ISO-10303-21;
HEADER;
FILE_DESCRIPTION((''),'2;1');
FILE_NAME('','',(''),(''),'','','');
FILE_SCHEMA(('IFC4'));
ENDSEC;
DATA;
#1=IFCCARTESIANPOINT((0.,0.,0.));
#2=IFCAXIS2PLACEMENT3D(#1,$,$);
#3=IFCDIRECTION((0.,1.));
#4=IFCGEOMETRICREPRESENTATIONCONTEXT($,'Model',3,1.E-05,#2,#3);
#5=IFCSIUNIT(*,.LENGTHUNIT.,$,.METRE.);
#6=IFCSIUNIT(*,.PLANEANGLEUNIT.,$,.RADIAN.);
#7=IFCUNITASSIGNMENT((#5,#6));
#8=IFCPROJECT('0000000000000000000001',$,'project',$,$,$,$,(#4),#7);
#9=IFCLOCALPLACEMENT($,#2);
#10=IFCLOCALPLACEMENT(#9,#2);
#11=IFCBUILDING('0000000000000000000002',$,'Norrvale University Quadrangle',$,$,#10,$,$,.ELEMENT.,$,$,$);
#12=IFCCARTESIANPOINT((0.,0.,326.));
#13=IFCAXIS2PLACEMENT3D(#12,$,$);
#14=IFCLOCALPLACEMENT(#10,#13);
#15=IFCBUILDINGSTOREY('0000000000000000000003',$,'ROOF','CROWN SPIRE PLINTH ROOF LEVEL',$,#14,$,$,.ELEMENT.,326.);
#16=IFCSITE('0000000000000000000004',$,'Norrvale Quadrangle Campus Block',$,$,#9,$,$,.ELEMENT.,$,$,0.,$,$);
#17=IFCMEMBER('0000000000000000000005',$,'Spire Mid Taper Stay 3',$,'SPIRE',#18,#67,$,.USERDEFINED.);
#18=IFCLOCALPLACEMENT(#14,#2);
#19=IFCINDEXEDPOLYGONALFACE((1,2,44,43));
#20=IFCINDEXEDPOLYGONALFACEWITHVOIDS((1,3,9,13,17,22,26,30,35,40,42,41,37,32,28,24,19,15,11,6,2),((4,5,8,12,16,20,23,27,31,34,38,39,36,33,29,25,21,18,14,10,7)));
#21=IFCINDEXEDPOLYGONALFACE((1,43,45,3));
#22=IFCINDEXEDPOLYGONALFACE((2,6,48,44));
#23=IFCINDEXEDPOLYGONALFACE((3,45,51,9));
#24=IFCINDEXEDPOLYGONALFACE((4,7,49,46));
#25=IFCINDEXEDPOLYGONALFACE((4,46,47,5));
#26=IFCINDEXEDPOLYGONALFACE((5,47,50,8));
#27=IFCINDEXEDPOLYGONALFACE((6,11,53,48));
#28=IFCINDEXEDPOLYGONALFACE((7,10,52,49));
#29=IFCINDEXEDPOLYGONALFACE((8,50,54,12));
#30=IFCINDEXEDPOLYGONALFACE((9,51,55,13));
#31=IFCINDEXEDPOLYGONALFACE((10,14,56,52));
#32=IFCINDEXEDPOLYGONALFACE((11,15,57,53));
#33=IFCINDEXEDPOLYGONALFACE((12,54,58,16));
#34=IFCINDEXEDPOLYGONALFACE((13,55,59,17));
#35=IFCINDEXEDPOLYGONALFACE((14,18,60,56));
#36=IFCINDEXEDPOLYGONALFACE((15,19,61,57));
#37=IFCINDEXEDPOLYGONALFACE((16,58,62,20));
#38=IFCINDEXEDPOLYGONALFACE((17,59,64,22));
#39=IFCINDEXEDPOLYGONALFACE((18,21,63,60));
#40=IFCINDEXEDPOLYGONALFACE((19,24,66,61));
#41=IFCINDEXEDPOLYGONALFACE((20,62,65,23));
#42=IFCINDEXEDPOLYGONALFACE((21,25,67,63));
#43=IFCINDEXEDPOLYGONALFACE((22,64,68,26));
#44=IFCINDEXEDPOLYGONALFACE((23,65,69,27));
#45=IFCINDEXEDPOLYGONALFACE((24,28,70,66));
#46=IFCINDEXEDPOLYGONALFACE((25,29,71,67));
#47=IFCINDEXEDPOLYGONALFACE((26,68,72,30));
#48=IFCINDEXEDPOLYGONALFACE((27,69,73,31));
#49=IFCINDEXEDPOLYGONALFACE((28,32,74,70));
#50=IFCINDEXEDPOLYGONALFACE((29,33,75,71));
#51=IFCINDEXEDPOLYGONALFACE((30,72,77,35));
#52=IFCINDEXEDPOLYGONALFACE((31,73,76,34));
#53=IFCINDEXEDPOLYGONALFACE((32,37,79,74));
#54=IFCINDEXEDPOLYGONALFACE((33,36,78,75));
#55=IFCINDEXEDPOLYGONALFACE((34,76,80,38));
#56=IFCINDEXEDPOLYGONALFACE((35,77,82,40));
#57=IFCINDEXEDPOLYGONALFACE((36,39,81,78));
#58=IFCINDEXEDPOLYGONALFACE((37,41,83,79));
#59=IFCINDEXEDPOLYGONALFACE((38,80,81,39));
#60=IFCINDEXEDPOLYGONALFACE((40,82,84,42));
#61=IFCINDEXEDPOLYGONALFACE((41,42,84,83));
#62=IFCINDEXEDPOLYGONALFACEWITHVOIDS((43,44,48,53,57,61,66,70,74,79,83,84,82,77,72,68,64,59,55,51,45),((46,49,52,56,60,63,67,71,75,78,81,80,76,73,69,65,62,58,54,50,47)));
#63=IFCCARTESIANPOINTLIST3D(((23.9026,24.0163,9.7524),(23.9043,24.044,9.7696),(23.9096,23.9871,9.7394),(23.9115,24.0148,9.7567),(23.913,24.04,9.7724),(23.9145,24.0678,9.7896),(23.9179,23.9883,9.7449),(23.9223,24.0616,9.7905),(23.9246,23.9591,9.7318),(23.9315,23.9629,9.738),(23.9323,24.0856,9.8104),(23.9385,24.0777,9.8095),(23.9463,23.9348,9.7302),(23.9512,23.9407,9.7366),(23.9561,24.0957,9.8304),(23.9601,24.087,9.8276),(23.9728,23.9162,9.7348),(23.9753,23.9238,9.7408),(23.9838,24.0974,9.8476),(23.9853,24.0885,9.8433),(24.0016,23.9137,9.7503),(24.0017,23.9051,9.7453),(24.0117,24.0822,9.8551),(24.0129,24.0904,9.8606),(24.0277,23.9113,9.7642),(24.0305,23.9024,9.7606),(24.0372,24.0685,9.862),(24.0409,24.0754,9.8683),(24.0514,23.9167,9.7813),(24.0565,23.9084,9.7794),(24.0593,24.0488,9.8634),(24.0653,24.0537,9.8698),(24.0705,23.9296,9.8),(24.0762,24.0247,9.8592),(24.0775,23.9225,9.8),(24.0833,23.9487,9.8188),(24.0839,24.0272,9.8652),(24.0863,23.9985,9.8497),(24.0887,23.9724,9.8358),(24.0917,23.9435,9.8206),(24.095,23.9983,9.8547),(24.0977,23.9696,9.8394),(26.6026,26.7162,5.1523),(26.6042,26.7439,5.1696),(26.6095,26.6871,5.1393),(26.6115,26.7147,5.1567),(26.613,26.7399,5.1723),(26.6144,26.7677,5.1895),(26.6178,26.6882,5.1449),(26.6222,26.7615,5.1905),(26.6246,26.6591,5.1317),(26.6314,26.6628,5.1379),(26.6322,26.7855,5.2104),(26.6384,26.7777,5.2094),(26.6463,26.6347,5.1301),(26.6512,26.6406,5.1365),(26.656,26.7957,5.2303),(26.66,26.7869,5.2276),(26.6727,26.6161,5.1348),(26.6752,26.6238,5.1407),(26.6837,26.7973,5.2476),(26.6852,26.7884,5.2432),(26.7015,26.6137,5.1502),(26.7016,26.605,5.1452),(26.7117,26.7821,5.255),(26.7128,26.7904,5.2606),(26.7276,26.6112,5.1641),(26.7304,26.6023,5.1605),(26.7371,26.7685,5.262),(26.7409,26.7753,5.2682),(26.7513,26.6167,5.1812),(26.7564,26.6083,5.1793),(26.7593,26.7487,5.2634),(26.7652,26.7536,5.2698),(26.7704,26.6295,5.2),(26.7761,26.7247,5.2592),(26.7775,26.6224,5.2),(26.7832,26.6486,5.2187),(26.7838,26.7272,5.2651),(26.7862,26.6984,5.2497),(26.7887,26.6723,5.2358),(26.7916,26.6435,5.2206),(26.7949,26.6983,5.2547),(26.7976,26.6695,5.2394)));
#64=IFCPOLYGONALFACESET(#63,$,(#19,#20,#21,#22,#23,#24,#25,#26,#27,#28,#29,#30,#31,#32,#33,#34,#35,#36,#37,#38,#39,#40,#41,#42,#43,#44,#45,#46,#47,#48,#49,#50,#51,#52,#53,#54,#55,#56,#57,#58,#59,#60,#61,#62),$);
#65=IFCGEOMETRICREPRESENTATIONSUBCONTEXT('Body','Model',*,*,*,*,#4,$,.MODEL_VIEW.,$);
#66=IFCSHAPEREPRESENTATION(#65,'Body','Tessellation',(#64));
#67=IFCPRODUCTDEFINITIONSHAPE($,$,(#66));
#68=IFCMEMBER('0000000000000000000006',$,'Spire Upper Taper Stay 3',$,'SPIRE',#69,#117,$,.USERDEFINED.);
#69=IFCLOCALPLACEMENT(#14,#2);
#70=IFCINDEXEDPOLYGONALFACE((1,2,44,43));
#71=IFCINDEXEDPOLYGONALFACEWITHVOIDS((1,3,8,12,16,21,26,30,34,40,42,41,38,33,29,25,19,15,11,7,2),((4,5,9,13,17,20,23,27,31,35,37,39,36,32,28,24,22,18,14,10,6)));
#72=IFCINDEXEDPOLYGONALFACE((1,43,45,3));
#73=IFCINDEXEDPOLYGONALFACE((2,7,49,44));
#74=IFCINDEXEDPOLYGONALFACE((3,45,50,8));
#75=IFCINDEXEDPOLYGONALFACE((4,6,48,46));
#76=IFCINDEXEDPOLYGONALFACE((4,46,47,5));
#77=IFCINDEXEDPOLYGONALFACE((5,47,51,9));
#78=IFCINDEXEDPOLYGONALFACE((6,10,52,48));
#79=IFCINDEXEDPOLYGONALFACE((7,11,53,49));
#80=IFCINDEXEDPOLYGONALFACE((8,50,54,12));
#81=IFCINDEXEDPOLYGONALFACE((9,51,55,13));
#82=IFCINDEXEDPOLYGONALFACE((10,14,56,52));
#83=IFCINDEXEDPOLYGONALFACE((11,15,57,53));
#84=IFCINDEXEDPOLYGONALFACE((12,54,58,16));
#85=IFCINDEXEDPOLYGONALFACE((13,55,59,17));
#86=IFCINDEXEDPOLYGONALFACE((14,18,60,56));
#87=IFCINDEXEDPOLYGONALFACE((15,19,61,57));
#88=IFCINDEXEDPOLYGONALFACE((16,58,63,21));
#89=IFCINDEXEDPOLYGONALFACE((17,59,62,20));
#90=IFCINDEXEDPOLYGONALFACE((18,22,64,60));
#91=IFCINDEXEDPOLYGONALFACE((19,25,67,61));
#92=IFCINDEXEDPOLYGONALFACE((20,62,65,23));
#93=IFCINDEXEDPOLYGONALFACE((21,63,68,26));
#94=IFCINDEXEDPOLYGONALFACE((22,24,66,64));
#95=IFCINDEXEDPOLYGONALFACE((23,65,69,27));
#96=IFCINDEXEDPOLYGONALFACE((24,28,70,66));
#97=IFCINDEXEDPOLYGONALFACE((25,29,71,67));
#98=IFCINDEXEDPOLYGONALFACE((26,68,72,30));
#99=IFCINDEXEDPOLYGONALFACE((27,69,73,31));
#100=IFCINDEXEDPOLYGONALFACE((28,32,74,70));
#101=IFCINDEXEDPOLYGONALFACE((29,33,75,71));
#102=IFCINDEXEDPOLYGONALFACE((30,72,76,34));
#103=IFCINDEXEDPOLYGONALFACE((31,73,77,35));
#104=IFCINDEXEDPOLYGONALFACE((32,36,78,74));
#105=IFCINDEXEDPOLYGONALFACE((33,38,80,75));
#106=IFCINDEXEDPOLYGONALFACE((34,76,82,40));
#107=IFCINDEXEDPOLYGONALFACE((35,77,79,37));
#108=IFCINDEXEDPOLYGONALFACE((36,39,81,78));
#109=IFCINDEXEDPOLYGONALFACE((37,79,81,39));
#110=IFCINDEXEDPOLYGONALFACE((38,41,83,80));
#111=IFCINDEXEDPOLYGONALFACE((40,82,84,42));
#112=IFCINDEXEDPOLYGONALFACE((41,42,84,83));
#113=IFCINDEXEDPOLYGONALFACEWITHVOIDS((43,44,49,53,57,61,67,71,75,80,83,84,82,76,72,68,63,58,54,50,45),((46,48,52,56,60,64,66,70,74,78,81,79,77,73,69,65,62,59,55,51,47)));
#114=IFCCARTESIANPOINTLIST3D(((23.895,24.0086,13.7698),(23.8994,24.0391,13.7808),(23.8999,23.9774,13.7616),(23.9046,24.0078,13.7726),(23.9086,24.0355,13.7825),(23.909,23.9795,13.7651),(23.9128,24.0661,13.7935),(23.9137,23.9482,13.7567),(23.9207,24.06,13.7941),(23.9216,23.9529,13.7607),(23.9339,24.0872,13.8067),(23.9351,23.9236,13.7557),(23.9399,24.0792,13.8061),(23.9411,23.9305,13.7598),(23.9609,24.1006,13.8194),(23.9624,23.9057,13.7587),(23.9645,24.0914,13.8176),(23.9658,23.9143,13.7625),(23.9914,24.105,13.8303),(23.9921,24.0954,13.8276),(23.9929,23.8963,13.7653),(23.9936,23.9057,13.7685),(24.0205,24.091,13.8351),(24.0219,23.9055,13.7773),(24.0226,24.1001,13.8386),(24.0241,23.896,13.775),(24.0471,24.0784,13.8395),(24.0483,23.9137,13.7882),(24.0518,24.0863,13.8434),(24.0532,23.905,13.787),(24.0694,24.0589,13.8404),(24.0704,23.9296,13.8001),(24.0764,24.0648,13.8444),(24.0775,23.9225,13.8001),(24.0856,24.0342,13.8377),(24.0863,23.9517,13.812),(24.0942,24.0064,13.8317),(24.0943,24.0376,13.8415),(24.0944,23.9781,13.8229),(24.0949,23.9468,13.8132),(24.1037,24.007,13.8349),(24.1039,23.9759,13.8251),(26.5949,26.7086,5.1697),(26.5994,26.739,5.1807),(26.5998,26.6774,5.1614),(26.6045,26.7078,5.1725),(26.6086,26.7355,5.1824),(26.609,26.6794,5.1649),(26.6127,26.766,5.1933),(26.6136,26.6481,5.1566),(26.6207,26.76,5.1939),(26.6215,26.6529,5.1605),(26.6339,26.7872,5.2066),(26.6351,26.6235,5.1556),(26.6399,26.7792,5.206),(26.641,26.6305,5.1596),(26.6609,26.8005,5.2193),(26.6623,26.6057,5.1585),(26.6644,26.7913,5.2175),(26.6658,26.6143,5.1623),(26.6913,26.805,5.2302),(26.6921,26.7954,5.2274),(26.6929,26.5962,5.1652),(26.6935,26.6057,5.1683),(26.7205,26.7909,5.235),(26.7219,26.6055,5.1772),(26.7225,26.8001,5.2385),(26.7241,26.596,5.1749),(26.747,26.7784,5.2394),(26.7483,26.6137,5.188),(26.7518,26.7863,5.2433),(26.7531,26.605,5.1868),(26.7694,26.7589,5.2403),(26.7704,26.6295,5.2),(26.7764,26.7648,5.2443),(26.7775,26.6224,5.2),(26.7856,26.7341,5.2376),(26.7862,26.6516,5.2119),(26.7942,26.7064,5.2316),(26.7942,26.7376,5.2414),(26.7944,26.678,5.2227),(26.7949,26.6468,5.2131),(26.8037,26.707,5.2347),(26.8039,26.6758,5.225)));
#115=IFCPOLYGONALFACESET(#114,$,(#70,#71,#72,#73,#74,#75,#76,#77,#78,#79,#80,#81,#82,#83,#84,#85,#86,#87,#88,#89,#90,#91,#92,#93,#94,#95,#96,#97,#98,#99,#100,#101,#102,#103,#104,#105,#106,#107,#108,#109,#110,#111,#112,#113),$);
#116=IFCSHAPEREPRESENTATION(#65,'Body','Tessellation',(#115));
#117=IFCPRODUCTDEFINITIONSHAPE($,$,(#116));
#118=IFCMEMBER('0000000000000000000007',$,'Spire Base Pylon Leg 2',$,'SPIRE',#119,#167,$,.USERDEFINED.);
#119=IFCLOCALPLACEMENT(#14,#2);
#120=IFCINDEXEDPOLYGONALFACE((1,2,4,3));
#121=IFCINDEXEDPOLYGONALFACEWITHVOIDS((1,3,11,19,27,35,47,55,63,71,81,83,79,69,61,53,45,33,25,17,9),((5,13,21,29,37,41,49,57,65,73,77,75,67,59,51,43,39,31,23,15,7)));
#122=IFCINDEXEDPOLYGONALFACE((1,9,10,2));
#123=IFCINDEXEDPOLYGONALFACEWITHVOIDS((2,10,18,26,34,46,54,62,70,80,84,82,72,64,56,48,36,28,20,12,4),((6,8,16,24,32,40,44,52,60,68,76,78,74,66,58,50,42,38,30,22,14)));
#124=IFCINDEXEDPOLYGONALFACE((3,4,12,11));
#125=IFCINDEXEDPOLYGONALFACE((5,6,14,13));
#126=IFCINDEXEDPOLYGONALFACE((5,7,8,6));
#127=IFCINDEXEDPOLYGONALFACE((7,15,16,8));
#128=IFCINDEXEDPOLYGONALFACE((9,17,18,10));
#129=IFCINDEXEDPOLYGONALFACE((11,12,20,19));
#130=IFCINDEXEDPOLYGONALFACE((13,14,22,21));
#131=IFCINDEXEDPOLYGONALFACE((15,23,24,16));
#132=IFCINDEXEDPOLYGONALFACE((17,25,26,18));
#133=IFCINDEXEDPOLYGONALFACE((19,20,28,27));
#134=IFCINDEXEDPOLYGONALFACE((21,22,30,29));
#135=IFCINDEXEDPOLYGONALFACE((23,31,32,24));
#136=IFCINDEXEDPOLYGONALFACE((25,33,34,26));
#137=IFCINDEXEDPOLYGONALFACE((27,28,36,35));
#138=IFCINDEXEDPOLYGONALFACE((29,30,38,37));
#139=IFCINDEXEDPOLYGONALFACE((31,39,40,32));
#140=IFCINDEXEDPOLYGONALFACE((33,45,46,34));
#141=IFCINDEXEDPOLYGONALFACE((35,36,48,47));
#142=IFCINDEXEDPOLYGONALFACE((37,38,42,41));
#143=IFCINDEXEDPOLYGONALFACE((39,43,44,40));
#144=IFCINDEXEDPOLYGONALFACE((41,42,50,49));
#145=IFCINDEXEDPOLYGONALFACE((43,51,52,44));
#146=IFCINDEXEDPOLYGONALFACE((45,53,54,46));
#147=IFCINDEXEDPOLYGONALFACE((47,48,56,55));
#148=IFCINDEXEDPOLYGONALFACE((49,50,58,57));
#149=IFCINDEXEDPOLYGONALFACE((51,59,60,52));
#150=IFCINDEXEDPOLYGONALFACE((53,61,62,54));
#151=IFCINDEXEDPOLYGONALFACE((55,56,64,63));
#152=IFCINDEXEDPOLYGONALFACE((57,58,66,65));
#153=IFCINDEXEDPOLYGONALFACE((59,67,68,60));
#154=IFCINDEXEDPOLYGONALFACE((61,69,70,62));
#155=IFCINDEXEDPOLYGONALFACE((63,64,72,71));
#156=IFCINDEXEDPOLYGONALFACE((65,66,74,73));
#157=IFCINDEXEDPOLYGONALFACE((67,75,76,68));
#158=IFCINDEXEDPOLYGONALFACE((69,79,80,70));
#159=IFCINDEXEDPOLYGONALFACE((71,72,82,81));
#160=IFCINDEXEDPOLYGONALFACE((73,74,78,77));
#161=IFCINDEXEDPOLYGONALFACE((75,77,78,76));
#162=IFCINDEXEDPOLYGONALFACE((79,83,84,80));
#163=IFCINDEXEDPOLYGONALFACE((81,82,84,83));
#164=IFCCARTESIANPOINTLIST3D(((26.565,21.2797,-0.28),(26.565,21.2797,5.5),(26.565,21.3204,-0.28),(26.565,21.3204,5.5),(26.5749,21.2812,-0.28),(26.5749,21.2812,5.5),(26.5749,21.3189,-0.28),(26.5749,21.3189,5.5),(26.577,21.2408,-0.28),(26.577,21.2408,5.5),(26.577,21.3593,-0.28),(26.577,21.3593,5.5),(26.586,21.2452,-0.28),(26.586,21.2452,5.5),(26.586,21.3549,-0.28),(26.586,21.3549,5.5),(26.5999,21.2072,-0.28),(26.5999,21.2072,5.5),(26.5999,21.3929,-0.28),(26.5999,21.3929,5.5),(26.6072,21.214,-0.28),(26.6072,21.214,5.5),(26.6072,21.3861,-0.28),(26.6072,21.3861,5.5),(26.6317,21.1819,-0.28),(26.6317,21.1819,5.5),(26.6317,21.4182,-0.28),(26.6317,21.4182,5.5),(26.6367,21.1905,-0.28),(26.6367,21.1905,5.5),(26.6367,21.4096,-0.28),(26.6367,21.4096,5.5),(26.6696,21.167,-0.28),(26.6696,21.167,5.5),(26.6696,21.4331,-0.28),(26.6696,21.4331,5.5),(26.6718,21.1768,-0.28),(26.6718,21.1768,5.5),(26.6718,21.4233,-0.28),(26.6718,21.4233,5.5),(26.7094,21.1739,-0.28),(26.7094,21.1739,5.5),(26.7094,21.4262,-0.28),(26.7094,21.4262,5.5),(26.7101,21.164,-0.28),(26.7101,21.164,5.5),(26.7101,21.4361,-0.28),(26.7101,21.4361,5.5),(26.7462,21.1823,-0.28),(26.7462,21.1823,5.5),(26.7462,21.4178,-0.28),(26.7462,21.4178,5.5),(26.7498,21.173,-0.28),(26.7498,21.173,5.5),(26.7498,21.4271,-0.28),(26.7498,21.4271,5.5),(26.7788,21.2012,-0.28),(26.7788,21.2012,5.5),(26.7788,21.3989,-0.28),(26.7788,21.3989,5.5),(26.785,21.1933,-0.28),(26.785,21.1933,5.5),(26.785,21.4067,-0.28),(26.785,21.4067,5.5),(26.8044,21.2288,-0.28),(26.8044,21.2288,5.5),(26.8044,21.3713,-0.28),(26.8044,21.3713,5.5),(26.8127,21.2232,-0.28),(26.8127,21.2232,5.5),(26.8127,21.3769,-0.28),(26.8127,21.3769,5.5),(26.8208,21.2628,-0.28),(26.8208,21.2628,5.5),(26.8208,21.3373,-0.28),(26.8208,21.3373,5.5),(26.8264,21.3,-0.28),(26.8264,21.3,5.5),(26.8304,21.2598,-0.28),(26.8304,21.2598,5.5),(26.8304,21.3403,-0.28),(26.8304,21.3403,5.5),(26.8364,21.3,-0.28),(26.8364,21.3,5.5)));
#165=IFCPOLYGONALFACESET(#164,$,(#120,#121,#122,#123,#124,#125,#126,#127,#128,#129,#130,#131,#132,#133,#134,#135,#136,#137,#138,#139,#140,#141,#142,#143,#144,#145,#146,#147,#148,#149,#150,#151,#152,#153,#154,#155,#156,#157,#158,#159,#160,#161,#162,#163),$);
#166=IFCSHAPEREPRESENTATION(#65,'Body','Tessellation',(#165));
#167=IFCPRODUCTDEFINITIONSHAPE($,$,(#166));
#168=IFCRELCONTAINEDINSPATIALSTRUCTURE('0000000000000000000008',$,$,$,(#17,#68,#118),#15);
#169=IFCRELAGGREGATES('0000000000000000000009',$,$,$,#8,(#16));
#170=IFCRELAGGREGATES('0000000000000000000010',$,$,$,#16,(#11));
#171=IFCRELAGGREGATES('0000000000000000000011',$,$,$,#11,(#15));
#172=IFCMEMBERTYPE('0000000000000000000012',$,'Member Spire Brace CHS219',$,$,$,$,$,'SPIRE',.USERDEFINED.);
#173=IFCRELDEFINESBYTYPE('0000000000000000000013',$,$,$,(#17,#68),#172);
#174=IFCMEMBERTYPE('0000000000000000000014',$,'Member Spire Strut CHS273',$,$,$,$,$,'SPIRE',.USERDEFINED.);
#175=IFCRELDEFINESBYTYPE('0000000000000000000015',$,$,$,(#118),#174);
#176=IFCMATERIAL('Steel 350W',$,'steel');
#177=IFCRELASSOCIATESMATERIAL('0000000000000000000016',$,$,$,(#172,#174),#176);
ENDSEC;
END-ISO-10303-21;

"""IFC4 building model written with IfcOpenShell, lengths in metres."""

from ifc_helpers import new_model, si_unit, direction, frame, origin, origin_2d, place, context, subcontext, project, spatial, hollow_circle, extrude, material, material_profile, profile_set, type_object, element, save


model = new_model("IFC4")

# Units and contexts
model_context = context("Model", 3, precision=1e-05, world=origin(), true_north=direction((0.0, 1.0)))
body_context = subcontext(model_context, "Body", "Model", "MODEL_VIEW")
ifc_project = project(units=[si_unit("LENGTHUNIT", "METRE"), si_unit("PLANEANGLEUNIT", "RADIAN")], contexts=[model_context])

# Site, building, storey
site_placement = place(None, origin())
site = spatial("IfcSite", under=ifc_project, at=site_placement, Name="Norrvale Quadrangle Campus Block", CompositionType="ELEMENT", RefElevation=0.0)
building_placement = place(site_placement, origin())
building = spatial("IfcBuilding", under=site, at=building_placement, Name="Norrvale University Quadrangle", CompositionType="ELEMENT")
storey_placement = place(building_placement, frame((0.0, 0.0, 326.0)))
storey = spatial("IfcBuildingStorey", under=building, at=storey_placement, Name="ROOF", Description="CROWN SPIRE PLINTH ROOF LEVEL", CompositionType="ELEMENT", Elevation=326.0)

# Shared definitions
ifc_material_1 = material(Name="Steel 350W", Category="steel")

# Members
ifc_material_profile_1 = material_profile(ifc_material_1, hollow_circle(Radius=0.1096, WallThickness=0.01, at=origin_2d()), Name="Steel 350W")
ifc_profile_set_1 = profile_set([ifc_material_profile_1], Name="Steel 350W")
member_type_1 = type_object("IfcMemberType", Name="Member Spire Brace CHS219", ElementType="SPIRE", PredefinedType="USERDEFINED", material=ifc_profile_set_1)
member_1_placement = place(storey_placement, frame((26.7, 26.7, 5.2), z_axis=(-0.451623, -0.451623, 0.769463), x_axis=(0.707107, -0.707107, 0.0)))
element("IfcMember", 1, at=member_1_placement, inside=storey, type_object=member_type_1, Name="Spire Mid Taper Stay 3", ObjectType="SPIRE", PredefinedType="USERDEFINED", context=body_context, shape_type="SweptSolid", body=[
    extrude(hollow_circle(Radius=0.1096, WallThickness=0.01, at=origin_2d()), origin(), (0.0, 0.0, 1.0), 5.9783),
])
member_2_placement = place(storey_placement, frame((26.7, 26.7, 5.2), z_axis=(-0.286935, -0.286935, 0.913968), x_axis=(0.707107, -0.707107, 0.0)))
element("IfcMember", 2, at=member_2_placement, inside=storey, type_object=member_type_1, Name="Spire Upper Taper Stay 3", ObjectType="SPIRE", PredefinedType="USERDEFINED", context=body_context, shape_type="SweptSolid", body=[
    extrude(hollow_circle(Radius=0.1096, WallThickness=0.01, at=origin_2d()), origin(), (0.0, 0.0, 1.0), 9.4097),
])
ifc_material_profile_2 = material_profile(ifc_material_1, hollow_circle(Radius=0.1365, WallThickness=0.01, at=origin_2d()), Name="Steel 350W")
ifc_profile_set_2 = profile_set([ifc_material_profile_2], Name="Steel 350W")
member_type_2 = type_object("IfcMemberType", Name="Member Spire Strut CHS273", ElementType="SPIRE", PredefinedType="USERDEFINED", material=ifc_profile_set_2)
member_3_placement = place(storey_placement, frame((26.7, 21.3, -0.28), z_axis=(0.0, 0.0, 1.0), x_axis=(1.0, 0.0, 0.0)))
element("IfcMember", 3, at=member_3_placement, inside=storey, type_object=member_type_2, Name="Spire Base Pylon Leg 2", ObjectType="SPIRE", PredefinedType="USERDEFINED", context=body_context, shape_type="SweptSolid", body=[
    extrude(hollow_circle(Radius=0.1365, WallThickness=0.01, at=origin_2d()), origin(), (0.0, 0.0, 1.0), 5.78),
])

save(model, "model.ifc")
